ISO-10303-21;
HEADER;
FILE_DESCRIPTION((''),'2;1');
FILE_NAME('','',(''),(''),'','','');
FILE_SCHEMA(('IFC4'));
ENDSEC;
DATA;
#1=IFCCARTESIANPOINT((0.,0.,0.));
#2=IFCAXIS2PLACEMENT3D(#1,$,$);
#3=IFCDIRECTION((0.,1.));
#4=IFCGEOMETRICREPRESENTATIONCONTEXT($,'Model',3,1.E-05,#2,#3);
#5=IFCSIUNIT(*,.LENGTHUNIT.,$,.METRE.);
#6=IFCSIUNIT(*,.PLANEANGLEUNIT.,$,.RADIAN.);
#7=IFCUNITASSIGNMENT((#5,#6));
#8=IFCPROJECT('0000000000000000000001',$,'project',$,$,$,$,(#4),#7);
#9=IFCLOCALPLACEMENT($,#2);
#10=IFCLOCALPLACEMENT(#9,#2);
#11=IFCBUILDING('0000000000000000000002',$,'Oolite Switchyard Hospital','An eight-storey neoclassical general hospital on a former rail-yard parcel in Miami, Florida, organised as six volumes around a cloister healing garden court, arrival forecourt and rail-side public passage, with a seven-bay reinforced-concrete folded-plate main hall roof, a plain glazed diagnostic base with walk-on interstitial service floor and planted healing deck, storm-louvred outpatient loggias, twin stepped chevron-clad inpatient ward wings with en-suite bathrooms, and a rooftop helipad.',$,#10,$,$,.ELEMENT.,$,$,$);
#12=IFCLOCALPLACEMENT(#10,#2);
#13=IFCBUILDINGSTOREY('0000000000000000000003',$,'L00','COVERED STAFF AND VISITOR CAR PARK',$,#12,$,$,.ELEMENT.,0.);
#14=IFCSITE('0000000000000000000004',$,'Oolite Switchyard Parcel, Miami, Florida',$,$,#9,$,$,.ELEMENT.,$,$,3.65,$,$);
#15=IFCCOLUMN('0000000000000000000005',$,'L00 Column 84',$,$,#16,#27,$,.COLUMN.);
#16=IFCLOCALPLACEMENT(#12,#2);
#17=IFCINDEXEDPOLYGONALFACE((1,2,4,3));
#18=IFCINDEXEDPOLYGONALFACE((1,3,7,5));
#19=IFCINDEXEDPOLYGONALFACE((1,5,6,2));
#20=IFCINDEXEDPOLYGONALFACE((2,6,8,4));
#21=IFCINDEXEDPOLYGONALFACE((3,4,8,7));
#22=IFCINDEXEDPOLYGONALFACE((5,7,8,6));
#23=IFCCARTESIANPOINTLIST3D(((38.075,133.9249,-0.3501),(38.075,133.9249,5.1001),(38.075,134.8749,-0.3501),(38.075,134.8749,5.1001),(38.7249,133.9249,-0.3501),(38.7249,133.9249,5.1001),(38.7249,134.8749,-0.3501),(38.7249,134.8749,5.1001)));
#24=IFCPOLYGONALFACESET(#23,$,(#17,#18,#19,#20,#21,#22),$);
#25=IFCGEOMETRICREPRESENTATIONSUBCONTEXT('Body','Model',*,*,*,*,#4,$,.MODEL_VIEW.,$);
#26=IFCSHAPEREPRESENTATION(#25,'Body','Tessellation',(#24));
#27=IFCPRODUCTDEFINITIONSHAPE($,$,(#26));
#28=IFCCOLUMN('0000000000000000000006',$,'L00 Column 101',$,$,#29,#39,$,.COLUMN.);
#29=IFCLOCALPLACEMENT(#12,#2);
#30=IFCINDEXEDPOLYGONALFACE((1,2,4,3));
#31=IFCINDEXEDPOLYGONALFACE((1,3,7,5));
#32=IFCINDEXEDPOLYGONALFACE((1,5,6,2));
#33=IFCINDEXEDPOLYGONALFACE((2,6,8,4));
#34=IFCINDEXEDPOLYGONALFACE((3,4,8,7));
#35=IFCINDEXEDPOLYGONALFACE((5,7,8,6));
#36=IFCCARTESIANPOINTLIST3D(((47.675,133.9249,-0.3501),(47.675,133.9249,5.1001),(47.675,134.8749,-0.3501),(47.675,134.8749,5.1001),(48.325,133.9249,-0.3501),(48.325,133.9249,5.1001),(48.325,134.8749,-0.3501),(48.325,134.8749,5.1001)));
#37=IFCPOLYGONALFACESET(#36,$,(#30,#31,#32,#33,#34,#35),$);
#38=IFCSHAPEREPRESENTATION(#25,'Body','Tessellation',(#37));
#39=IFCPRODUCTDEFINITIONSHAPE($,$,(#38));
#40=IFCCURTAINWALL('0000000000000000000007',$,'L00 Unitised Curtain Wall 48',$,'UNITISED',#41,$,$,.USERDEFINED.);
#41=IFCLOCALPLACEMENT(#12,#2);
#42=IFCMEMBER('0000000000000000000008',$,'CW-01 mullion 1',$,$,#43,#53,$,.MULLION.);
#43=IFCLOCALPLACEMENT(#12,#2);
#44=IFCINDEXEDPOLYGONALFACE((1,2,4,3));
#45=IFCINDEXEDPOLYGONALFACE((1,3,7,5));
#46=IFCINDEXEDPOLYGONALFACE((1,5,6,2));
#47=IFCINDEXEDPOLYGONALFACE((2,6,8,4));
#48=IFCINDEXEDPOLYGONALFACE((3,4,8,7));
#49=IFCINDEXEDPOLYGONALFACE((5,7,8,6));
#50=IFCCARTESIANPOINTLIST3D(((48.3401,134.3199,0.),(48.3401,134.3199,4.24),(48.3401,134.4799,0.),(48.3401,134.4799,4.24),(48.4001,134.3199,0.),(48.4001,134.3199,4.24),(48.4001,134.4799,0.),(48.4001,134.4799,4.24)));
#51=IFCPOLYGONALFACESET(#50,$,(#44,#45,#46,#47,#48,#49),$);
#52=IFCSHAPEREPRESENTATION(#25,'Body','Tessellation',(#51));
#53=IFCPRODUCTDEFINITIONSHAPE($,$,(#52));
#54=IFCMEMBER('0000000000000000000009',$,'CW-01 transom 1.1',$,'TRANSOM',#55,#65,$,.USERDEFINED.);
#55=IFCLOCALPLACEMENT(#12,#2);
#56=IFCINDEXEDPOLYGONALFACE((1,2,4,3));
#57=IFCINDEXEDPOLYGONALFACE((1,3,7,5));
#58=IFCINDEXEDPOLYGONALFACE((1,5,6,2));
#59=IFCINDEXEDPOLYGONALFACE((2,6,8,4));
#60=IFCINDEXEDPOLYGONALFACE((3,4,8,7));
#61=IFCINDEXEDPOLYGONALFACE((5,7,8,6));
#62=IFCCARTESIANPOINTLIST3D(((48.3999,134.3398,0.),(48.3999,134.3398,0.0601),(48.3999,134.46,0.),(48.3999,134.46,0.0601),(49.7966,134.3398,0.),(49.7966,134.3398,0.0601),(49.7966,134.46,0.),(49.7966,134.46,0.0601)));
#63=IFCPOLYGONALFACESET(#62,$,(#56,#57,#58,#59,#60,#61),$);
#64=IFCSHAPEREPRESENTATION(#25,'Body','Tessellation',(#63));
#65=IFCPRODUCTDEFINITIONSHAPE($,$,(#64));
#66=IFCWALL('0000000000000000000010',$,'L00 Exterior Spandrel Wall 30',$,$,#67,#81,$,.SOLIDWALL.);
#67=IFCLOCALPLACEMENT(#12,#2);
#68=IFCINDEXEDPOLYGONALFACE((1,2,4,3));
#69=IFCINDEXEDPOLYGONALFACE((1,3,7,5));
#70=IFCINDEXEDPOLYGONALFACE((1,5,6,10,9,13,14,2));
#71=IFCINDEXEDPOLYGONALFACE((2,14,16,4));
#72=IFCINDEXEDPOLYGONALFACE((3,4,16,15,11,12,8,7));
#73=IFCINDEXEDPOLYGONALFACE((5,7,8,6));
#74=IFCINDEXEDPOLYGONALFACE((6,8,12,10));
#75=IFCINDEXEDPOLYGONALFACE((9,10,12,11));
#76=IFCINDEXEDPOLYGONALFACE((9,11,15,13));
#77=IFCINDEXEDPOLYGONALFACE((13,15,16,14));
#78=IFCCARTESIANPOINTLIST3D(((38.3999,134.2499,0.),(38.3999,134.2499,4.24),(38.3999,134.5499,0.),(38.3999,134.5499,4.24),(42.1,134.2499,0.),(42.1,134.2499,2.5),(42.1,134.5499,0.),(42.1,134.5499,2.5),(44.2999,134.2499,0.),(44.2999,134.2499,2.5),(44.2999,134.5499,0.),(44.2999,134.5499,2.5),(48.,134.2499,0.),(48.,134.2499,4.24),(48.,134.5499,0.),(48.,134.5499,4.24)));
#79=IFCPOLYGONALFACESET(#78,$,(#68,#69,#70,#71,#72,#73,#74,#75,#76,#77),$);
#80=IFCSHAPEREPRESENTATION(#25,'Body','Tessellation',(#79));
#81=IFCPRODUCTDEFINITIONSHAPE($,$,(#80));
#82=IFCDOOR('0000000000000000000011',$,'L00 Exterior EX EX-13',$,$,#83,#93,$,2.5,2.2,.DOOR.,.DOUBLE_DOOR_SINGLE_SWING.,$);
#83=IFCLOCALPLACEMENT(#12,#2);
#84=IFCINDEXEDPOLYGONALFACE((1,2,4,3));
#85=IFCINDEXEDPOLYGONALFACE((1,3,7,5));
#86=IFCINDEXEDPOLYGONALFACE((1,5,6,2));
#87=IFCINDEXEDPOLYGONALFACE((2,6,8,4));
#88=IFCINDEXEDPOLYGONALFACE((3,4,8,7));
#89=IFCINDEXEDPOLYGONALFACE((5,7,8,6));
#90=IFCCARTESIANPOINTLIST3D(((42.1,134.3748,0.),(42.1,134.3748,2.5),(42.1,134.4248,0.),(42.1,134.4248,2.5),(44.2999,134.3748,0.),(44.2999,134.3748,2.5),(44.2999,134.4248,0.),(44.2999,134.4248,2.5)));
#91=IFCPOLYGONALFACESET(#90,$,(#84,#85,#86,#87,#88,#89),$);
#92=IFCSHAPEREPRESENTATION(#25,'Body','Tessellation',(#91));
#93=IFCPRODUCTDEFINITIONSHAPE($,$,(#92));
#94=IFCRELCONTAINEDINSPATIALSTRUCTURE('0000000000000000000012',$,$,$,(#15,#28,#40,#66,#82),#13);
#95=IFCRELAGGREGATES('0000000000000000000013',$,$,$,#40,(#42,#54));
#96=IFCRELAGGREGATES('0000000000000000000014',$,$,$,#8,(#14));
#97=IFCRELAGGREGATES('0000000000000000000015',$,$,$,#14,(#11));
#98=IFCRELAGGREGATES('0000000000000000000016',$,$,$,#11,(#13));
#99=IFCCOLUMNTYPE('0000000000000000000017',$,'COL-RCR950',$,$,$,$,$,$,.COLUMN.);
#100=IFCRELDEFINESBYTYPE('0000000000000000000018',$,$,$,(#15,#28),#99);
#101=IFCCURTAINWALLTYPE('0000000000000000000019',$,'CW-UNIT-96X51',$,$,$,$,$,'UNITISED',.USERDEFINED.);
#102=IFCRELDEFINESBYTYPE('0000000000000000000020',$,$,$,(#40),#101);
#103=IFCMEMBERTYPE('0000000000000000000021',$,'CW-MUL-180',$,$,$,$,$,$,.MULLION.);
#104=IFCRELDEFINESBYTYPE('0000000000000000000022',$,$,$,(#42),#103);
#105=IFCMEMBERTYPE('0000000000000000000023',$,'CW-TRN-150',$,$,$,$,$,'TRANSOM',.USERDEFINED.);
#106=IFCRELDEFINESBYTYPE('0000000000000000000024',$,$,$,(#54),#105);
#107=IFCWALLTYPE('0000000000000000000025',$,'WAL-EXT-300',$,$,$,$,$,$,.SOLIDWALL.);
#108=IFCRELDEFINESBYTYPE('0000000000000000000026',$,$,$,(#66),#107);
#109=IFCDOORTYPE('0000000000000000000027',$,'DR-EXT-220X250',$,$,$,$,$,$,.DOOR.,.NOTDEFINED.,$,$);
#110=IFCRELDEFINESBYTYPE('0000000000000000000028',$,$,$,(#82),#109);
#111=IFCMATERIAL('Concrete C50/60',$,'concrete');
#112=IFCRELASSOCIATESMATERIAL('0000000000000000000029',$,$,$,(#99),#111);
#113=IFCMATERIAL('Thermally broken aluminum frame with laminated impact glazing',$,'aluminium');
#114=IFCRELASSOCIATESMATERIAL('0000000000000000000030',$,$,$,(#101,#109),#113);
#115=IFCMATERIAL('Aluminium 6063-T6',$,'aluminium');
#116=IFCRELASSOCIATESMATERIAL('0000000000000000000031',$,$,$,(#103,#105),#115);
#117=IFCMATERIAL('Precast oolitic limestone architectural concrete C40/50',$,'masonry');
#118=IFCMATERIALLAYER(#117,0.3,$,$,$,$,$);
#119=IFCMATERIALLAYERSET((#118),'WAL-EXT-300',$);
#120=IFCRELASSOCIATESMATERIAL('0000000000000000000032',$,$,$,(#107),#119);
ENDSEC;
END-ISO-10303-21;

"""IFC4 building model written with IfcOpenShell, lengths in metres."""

from ifc_helpers import new_model, si_unit, direction, frame, frame_2d, origin, origin_2d, place, context, subcontext, project, spatial, rectangle, extrude, material, layer, layer_set, material_profile, profile_set, type_object, element, fill, aggregate, save


model = new_model("IFC4")

# Units and contexts
model_context = context("Model", 3, precision=1e-05, world=origin(), true_north=direction((0.0, 1.0)))
body_context = subcontext(model_context, "Body", "Model", "MODEL_VIEW")
ifc_project = project(units=[si_unit("LENGTHUNIT", "METRE"), si_unit("PLANEANGLEUNIT", "RADIAN")], contexts=[model_context])

# Site, building, storey
site_placement = place(None, origin())
site = spatial("IfcSite", under=ifc_project, at=site_placement, Name="Oolite Switchyard Parcel, Miami, Florida", CompositionType="ELEMENT", RefElevation=3.65)
building_placement = place(site_placement, origin())
building = spatial("IfcBuilding", under=site, at=building_placement, Name="Oolite Switchyard Hospital", Description="An eight-storey neoclassical general hospital on a former rail-yard parcel in Miami, Florida, organised as six volumes around a cloister healing garden court, arrival forecourt and rail-side public passage, with a seven-bay reinforced-concrete folded-plate main hall roof, a plain glazed diagnostic base with walk-on interstitial service floor and planted healing deck, storm-louvred outpatient loggias, twin stepped chevron-clad inpatient ward wings with en-suite bathrooms, and a rooftop helipad.", CompositionType="ELEMENT")
storey_placement = place(building_placement, origin())
storey = spatial("IfcBuildingStorey", under=building, at=storey_placement, Name="L00", Description="COVERED STAFF AND VISITOR CAR PARK", CompositionType="ELEMENT", Elevation=0.0)

# Columns
ifc_material_1 = material(Name="Concrete C50/60", Category="concrete")
ifc_material_profile_1 = material_profile(ifc_material_1, rectangle(XDim=0.95, YDim=0.6499, at=origin_2d()), Name="RC950X650")
ifc_profile_set_1 = profile_set([ifc_material_profile_1], Name="Concrete C50/60")
column_type_1 = type_object("IfcColumnType", Name="COL-RCR950", PredefinedType="COLUMN", material=ifc_profile_set_1)
for number, where, z_axis, x_axis, name in (
    (1, (38.3999, 134.3999, -0.3501), (0.0, 0.0, 1.0), (0.0, 1.0, 0.0), "L00 Column 84"),
    (2, (48.0, 134.3999, -0.3501), (0.0, 0.0, 1.0), (0.0, 1.0, 0.0), "L00 Column 101"),
):
    element("IfcColumn", number, at=place(storey_placement, frame(where, z_axis=z_axis, x_axis=x_axis)), inside=storey, type_object=column_type_1, Name=name, PredefinedType="COLUMN", context=body_context, shape_type="SweptSolid", body=[
        extrude(rectangle(XDim=0.95, YDim=0.6499, at=origin_2d()), origin(), (0.0, 0.0, 1.0), 5.4502),
    ])

# Curtain wall, members
ifc_material_2 = material(Name="Thermally broken aluminum frame with laminated impact glazing", Category="aluminium")
curtain_wall_type = type_object("IfcCurtainWallType", Name="CW-UNIT-96X51", ElementType="UNITISED", PredefinedType="USERDEFINED", material=ifc_material_2)
curtain_wall_placement = place(storey_placement, origin())
curtain_wall = element("IfcCurtainWall", 3, at=curtain_wall_placement, inside=storey, type_object=curtain_wall_type, Name="L00 Unitised Curtain Wall 48", ObjectType="UNITISED", PredefinedType="USERDEFINED")
ifc_material_3 = material(Name="Aluminium 6063-T6", Category="aluminium")
ifc_material_profile_2 = material_profile(ifc_material_3, rectangle(XDim=0.1599, YDim=0.0601, at=origin_2d()), Name="CWM60X160")
ifc_profile_set_2 = profile_set([ifc_material_profile_2], Name="Aluminium 6063-T6")
member_type_1 = type_object("IfcMemberType", Name="CW-MUL-180", PredefinedType="MULLION", material=ifc_profile_set_2)
member_1_placement = place(storey_placement, frame((48.3701, 134.3999, 0.0), z_axis=(0.0, 0.0, 1.0), x_axis=(0.0, 1.0, 0.0)))
member_1 = element("IfcMember", 4, at=member_1_placement, type_object=member_type_1, Name="CW-01 mullion 1", PredefinedType="MULLION", context=body_context, shape_type="SweptSolid", body=[
    extrude(rectangle(XDim=0.1599, YDim=0.0601, at=origin_2d()), origin(), (0.0, 0.0, 1.0), 4.24),
])
ifc_material_profile_3 = material_profile(ifc_material_3, rectangle(XDim=0.1201, YDim=0.0601, at=origin_2d()), Name="CWT60X120")
ifc_profile_set_3 = profile_set([ifc_material_profile_3], Name="Aluminium 6063-T6")
member_type_2 = type_object("IfcMemberType", Name="CW-TRN-150", ElementType="TRANSOM", PredefinedType="USERDEFINED", material=ifc_profile_set_3)
member_2_placement = place(storey_placement, frame((48.3999, 134.3999, 0.03), z_axis=(1.0, 0.0, 0.0), x_axis=(0.0, 1.0, 0.0)))
member_2 = element("IfcMember", 5, at=member_2_placement, type_object=member_type_2, Name="CW-01 transom 1.1", ObjectType="TRANSOM", PredefinedType="USERDEFINED", context=body_context, shape_type="SweptSolid", body=[
    extrude(rectangle(XDim=0.1201, YDim=0.0601, at=origin_2d()), origin(), (0.0, 0.0, 1.0), 1.3967),
])
aggregate(curtain_wall, [member_1, member_2])

# Wall, opening, door
ifc_material_4 = material(Name="Precast oolitic limestone architectural concrete C40/50", Category="masonry")
ifc_layer = layer(ifc_material_4, 0.3)
ifc_layer_set = layer_set([ifc_layer], Name="WAL-EXT-300")
wall_type = type_object("IfcWallType", Name="WAL-EXT-300", PredefinedType="SOLIDWALL", material=ifc_layer_set)
wall_placement = place(storey_placement, frame((38.3999, 134.3999, 0.0), z_axis=(0.0, 0.0, 1.0), x_axis=(1.0, 0.0, 0.0)))
wall = element("IfcWall", 6, at=wall_placement, inside=storey, type_object=wall_type, Name="L00 Exterior Spandrel Wall 30", PredefinedType="SOLIDWALL", context=body_context, shape_type="SweptSolid", body=[
    extrude(rectangle(XDim=9.6001, YDim=0.3, at=frame_2d((4.8, 0.0))), origin(), (0.0, 0.0, 1.0), 4.24),
])
opening_placement = place(wall_placement, frame((3.7, 0.0, 0.0)))
opening = element("IfcOpeningElement", 7, at=opening_placement, cuts=wall, PredefinedType="OPENING", context=body_context, shape_type="SweptSolid", body=[
    extrude(rectangle(XDim=2.2, YDim=2.5, at=frame_2d((1.1001, 1.25))), frame((0.0, 0.1602, 0.0), z_axis=(0.0, -1.0, 0.0), x_axis=(1.0, 0.0, 0.0)), (0.0, 0.0, 1.0), 0.3201),
])
door_type = type_object("IfcDoorType", Name="DR-EXT-220X250", OperationType="NOTDEFINED", PredefinedType="DOOR", material=ifc_material_2)
door_placement = place(opening_placement, origin())
door = element("IfcDoor", 8, at=door_placement, inside=storey, type_object=door_type, Name="L00 Exterior EX EX-13", OperationType="DOUBLE_DOOR_SINGLE_SWING", OverallHeight=2.5, OverallWidth=2.2, PredefinedType="DOOR", context=body_context, shape_type="SweptSolid", body=[
    extrude(rectangle(XDim=2.2, YDim=2.5, at=frame_2d((1.1001, 1.25))), frame((0.0, 0.0249, 0.0), z_axis=(0.0, -1.0, 0.0), x_axis=(1.0, 0.0, 0.0)), (0.0, 0.0, 1.0), 0.05),
])
fill(opening, door)

save(model, "model.ifc")
